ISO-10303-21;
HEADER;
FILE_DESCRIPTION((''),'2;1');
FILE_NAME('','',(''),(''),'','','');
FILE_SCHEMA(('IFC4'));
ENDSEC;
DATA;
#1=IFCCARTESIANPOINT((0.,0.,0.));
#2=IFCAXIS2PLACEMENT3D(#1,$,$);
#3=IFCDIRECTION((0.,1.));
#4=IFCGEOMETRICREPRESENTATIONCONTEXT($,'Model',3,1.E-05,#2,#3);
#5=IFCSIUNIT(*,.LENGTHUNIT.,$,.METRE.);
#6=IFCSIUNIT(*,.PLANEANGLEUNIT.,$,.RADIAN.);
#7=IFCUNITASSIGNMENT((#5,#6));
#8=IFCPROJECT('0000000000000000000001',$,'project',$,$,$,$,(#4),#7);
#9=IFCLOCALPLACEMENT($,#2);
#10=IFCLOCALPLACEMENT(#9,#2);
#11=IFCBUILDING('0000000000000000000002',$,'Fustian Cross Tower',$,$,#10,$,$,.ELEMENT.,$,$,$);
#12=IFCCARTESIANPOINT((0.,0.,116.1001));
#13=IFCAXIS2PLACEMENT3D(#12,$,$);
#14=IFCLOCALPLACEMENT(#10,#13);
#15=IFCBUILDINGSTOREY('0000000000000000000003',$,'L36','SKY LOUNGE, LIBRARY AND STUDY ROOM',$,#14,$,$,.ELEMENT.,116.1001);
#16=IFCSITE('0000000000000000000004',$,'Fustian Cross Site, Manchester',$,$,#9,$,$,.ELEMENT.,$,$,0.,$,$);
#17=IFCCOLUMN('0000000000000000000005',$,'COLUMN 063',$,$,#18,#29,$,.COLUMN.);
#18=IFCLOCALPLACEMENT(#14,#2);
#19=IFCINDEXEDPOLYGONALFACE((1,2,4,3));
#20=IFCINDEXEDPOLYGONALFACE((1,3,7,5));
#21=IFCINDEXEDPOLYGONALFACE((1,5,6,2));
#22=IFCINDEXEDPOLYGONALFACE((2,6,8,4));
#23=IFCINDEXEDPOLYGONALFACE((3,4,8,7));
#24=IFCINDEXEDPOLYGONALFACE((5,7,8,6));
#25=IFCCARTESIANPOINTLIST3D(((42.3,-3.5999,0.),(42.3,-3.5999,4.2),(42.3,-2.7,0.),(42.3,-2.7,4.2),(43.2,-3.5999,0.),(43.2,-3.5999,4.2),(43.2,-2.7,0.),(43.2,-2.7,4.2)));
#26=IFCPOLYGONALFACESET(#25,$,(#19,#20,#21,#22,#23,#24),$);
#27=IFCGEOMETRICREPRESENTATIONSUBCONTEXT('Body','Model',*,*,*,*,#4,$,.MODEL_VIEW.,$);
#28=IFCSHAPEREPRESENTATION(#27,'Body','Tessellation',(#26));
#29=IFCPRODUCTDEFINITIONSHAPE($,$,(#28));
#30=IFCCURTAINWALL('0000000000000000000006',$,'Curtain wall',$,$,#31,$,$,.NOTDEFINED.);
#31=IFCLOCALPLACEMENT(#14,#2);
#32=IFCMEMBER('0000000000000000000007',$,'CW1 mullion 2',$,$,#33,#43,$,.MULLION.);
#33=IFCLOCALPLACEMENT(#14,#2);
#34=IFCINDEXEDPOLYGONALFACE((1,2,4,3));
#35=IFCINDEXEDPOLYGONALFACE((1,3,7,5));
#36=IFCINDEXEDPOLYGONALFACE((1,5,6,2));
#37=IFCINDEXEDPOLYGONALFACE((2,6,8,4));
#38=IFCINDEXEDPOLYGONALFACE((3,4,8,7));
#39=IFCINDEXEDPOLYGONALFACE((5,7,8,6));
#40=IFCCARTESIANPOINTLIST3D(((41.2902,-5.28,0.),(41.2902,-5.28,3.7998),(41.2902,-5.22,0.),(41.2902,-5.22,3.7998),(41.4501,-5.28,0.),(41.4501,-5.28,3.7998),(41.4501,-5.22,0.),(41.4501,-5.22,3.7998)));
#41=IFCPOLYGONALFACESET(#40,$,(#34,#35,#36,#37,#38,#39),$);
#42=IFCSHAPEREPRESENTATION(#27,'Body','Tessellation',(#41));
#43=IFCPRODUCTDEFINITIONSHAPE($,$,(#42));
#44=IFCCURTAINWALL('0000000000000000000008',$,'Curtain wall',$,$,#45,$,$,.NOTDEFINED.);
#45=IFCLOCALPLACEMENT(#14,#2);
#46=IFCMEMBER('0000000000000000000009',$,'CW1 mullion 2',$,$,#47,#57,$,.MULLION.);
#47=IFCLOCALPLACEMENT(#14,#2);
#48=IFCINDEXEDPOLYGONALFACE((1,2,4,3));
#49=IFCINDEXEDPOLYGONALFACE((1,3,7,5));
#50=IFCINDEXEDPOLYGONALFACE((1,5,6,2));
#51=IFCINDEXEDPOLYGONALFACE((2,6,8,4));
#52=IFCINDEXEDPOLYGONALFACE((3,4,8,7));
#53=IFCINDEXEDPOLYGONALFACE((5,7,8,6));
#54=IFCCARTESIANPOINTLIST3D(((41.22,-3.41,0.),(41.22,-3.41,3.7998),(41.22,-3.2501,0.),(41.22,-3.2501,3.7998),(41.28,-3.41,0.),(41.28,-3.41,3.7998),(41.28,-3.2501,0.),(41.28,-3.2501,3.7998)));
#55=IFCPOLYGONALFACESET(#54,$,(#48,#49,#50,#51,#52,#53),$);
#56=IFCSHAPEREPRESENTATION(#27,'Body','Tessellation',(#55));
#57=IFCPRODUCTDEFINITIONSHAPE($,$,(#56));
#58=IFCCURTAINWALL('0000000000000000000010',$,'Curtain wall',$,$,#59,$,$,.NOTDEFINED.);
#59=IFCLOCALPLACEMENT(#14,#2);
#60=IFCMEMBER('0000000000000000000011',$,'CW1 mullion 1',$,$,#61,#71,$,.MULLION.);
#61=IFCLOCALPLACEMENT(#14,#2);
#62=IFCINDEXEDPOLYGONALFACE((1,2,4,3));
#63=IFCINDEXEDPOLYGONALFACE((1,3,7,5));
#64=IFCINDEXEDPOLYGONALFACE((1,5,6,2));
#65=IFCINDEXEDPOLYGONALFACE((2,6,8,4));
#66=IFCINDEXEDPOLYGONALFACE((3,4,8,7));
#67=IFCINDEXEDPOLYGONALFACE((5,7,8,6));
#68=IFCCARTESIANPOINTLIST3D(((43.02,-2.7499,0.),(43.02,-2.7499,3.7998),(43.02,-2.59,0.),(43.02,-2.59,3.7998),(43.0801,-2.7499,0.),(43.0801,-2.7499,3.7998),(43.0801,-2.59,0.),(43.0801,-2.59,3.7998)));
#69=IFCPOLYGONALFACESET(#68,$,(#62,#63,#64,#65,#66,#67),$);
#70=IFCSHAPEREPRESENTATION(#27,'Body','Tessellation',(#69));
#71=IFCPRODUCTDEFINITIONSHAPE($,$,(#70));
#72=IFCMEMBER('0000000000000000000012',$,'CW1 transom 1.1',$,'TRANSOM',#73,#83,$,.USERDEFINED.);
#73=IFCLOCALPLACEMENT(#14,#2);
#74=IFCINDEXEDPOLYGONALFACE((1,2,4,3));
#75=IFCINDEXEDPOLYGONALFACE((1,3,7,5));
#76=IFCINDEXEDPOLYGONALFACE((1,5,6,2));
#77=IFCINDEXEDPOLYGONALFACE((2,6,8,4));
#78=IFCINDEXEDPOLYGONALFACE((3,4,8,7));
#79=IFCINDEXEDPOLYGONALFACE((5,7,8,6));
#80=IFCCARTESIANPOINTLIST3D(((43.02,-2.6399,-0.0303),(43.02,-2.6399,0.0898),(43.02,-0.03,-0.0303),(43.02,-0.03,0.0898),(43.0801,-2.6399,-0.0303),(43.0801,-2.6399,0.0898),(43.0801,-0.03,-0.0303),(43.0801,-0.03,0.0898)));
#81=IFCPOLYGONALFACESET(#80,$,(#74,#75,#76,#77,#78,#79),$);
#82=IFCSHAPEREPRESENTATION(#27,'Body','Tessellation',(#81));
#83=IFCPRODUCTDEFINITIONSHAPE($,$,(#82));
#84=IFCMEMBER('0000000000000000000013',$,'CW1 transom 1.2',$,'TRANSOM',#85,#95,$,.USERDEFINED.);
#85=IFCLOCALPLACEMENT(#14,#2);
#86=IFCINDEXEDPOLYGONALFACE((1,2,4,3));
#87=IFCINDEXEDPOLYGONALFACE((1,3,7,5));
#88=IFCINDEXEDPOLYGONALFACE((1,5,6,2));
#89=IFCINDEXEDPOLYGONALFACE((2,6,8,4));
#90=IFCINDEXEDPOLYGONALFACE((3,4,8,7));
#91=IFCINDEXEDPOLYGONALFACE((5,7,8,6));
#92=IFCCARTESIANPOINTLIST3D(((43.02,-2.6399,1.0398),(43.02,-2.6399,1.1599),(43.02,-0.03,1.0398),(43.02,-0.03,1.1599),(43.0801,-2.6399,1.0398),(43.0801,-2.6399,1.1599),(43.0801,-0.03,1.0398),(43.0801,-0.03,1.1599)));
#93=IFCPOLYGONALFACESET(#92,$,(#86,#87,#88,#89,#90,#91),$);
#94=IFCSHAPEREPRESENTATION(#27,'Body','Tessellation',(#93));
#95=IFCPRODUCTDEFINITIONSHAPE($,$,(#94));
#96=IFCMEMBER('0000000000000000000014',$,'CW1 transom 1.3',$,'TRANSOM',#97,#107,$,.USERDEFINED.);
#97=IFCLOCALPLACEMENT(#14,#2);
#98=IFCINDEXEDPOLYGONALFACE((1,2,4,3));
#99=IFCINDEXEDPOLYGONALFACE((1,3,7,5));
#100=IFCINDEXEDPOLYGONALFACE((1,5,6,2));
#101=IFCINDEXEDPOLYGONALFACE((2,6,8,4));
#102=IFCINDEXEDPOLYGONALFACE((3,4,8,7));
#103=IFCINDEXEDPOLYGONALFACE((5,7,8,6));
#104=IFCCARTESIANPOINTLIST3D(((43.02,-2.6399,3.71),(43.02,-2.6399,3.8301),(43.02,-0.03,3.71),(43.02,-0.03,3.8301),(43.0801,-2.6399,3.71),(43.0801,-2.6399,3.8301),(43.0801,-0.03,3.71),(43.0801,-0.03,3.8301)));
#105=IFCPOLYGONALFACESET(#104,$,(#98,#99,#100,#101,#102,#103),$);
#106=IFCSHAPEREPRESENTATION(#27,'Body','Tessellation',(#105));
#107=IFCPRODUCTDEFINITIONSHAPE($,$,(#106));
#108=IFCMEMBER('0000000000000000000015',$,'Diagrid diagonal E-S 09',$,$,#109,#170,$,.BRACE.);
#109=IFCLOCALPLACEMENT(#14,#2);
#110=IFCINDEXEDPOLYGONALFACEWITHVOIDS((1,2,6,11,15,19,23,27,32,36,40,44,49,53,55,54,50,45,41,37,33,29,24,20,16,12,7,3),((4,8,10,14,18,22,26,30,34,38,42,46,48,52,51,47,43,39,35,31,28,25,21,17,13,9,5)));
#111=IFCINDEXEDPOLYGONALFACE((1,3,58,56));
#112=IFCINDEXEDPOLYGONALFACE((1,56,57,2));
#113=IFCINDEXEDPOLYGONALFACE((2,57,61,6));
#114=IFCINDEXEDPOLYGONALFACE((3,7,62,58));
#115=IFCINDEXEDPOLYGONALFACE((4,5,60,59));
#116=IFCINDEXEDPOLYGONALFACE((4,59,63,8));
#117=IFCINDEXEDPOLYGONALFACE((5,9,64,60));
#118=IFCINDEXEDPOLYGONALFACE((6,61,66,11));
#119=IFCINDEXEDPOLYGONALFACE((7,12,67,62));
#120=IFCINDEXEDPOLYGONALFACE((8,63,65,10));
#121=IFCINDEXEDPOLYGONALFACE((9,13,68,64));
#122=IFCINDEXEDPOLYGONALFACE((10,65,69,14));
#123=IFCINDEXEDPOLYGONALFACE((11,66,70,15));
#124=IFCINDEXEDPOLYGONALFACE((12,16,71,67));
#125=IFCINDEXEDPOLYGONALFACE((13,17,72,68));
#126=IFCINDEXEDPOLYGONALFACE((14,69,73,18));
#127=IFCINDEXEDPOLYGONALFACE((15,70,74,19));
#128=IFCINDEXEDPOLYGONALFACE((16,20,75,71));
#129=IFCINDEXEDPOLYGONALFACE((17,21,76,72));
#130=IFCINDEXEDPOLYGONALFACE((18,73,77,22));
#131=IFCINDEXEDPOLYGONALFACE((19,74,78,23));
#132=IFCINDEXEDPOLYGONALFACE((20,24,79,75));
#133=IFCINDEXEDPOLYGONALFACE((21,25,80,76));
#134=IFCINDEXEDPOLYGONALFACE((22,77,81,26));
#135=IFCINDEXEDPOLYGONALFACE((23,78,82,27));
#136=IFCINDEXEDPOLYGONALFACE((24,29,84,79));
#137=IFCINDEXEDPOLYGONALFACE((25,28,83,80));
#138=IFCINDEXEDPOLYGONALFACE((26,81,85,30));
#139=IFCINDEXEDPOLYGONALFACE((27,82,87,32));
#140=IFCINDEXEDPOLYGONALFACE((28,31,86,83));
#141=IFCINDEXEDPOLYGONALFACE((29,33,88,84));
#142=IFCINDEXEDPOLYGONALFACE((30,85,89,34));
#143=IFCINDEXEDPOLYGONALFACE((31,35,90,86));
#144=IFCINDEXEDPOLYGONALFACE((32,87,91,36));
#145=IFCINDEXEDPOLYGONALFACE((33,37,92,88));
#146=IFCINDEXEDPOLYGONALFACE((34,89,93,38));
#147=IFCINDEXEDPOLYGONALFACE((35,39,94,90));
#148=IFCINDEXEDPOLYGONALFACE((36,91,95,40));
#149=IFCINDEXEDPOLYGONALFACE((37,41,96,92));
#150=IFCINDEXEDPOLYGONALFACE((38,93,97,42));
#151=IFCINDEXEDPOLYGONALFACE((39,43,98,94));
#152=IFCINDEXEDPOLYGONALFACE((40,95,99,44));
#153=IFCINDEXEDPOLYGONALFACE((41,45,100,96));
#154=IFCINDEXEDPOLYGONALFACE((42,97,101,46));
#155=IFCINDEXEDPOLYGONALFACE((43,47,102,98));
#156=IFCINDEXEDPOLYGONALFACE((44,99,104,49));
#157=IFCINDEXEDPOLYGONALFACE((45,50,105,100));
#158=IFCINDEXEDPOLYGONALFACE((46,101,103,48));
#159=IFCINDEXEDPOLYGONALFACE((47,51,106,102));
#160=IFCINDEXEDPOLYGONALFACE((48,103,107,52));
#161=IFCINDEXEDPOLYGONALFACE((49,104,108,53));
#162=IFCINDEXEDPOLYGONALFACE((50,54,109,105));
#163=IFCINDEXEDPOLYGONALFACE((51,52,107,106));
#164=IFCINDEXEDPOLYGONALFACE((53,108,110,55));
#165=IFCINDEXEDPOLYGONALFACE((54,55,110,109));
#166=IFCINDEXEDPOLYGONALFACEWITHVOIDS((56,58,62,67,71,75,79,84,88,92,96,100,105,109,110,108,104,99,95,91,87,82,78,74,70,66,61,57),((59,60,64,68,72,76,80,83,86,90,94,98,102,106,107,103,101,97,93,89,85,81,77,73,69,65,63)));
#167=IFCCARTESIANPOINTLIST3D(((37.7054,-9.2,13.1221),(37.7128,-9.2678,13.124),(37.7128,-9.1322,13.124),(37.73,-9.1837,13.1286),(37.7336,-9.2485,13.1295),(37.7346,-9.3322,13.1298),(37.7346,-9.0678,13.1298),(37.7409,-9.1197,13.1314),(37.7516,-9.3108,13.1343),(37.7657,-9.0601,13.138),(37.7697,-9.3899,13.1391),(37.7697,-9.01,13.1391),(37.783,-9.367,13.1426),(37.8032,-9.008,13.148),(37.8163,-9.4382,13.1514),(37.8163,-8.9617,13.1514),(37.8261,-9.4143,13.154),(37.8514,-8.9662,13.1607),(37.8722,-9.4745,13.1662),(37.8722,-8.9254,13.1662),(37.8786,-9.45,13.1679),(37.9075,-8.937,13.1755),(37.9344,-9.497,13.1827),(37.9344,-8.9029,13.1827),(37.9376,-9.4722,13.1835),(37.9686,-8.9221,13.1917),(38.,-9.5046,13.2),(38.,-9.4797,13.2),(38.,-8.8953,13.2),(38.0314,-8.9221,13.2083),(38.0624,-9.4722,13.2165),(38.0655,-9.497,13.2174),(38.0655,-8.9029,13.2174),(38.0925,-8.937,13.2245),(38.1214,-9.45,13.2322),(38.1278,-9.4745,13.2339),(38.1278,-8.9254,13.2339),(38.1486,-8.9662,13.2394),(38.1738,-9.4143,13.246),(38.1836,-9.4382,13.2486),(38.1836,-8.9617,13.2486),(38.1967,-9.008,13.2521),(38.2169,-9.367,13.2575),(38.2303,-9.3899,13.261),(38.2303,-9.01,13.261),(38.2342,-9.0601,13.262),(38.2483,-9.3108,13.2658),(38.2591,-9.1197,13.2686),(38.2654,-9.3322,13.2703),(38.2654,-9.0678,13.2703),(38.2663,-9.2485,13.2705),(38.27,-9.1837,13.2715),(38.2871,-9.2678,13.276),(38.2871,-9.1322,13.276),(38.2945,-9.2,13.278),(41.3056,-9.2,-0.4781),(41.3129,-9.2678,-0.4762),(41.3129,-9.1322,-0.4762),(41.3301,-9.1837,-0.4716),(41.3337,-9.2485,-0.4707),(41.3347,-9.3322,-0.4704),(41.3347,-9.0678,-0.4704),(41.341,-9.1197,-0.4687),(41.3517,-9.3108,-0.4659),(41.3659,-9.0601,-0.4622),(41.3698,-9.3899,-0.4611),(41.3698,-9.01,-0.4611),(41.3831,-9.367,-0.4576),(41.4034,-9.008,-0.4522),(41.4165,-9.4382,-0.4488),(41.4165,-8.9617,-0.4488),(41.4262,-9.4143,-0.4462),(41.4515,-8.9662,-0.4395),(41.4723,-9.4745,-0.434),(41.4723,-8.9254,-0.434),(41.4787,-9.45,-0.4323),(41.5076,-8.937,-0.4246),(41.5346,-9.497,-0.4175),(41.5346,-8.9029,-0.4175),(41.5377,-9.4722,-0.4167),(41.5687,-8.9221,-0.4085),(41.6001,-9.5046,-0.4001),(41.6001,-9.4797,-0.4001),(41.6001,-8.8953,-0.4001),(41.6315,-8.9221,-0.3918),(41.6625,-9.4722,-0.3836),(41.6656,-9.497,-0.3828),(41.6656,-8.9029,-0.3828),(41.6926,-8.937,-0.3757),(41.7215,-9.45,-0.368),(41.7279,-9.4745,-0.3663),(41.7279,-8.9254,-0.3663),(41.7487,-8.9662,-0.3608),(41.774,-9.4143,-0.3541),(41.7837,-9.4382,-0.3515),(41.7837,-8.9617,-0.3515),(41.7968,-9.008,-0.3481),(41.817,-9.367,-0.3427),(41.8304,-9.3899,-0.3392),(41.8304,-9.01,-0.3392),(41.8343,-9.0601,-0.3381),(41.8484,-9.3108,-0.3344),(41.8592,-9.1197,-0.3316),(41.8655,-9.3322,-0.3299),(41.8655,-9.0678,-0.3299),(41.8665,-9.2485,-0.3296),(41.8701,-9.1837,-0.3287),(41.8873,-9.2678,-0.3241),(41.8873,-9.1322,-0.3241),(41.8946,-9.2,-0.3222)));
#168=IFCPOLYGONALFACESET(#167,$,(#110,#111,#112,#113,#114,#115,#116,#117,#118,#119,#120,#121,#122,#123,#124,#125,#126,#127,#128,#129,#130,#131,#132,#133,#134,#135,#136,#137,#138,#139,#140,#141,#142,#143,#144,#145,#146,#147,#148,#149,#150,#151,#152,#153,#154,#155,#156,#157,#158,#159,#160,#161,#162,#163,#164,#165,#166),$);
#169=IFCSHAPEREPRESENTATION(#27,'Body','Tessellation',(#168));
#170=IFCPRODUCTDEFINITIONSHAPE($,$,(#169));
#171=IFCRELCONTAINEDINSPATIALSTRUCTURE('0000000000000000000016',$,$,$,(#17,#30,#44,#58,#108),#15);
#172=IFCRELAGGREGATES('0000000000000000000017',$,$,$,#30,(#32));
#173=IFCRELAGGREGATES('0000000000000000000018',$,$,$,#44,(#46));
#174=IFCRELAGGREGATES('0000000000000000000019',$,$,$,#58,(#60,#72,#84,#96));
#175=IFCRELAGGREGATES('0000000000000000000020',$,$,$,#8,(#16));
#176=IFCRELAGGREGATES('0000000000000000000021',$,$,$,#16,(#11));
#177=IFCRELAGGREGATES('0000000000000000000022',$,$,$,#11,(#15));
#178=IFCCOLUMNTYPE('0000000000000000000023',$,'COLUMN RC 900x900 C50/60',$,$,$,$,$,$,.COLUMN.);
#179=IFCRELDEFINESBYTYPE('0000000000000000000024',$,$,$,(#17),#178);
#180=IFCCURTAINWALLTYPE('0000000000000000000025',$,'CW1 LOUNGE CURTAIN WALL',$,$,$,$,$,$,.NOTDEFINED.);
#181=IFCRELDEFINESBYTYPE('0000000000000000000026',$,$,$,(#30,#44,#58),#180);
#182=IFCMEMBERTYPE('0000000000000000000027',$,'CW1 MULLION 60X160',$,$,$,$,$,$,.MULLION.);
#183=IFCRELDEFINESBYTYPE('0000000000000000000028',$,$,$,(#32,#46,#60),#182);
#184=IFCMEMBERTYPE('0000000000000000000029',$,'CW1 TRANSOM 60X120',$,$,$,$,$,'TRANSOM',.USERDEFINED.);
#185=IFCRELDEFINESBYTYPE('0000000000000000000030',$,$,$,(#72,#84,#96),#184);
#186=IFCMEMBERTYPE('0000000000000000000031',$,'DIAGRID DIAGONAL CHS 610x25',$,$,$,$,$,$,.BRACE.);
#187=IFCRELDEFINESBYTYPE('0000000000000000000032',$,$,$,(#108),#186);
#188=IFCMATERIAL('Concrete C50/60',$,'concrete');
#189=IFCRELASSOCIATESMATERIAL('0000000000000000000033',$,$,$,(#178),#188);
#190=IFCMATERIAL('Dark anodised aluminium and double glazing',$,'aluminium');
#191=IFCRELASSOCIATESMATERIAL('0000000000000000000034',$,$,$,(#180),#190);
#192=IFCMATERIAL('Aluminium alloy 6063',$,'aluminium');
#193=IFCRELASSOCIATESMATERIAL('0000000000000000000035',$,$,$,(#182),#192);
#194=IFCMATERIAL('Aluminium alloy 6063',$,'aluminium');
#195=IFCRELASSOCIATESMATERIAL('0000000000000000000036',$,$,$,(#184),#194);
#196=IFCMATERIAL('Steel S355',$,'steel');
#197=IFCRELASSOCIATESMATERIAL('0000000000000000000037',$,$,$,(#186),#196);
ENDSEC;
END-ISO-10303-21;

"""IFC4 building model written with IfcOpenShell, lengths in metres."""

from ifc_helpers import new_model, si_unit, direction, frame, origin, origin_2d, place, context, subcontext, project, spatial, rectangle, hollow_circle, extrude, material, material_profile, profile_set, type_object, element, aggregate, save


model = new_model("IFC4")

# Units and contexts
model_context = context("Model", 3, precision=1e-05, world=origin(), true_north=direction((0.0, 1.0)))
body_context = subcontext(model_context, "Body", "Model", "MODEL_VIEW")
ifc_project = project(units=[si_unit("LENGTHUNIT", "METRE"), si_unit("PLANEANGLEUNIT", "RADIAN")], contexts=[model_context])

# Site, building, storey
site_placement = place(None, origin())
site = spatial("IfcSite", under=ifc_project, at=site_placement, Name="Fustian Cross Site, Manchester", CompositionType="ELEMENT", RefElevation=0.0)
building_placement = place(site_placement, origin())
building = spatial("IfcBuilding", under=site, at=building_placement, Name="Fustian Cross Tower", CompositionType="ELEMENT")
storey_placement = place(building_placement, frame((0.0, 0.0, 116.1001)))
storey = spatial("IfcBuildingStorey", under=building, at=storey_placement, Name="L36", Description="SKY LOUNGE, LIBRARY AND STUDY ROOM", CompositionType="ELEMENT", Elevation=116.1001)

# Column
ifc_material_1 = material(Name="Concrete C50/60", Category="concrete")
ifc_material_profile_1 = material_profile(ifc_material_1, rectangle(XDim=0.8999, YDim=0.8999, at=origin_2d()), Name="RC 900x900")
ifc_profile_set_1 = profile_set([ifc_material_profile_1], Name="Concrete C50/60")
column_type = type_object("IfcColumnType", Name="COLUMN RC 900x900 C50/60", PredefinedType="COLUMN", material=ifc_profile_set_1)
column_placement = place(storey_placement, frame((42.75, -3.1499, 0.0), z_axis=(0.0, 0.0, 1.0), x_axis=(1.0, 0.0, 0.0)))
element("IfcColumn", 1, at=column_placement, inside=storey, type_object=column_type, Name="COLUMN 063", PredefinedType="COLUMN", context=body_context, shape_type="SweptSolid", body=[
    extrude(rectangle(XDim=0.8999, YDim=0.8999, at=origin_2d()), origin(), (0.0, 0.0, 1.0), 4.2),
])

# Curtain walls, members
ifc_material_2 = material(Name="Dark anodised aluminium and double glazing", Category="aluminium")
curtain_wall_type = type_object("IfcCurtainWallType", Name="CW1 LOUNGE CURTAIN WALL", PredefinedType="NOTDEFINED", material=ifc_material_2)
curtain_wall_1_placement = place(storey_placement, origin())
curtain_wall_1 = element("IfcCurtainWall", 2, at=curtain_wall_1_placement, inside=storey, type_object=curtain_wall_type, Name="Curtain wall", PredefinedType="NOTDEFINED")
ifc_material_3 = material(Name="Aluminium alloy 6063", Category="aluminium")
ifc_material_profile_2 = material_profile(ifc_material_3, rectangle(XDim=0.0601, YDim=0.1599, at=origin_2d()), Name="CW1 MULLION 60X160")
ifc_profile_set_2 = profile_set([ifc_material_profile_2], Name="Aluminium alloy 6063")
member_type_1 = type_object("IfcMemberType", Name="CW1 MULLION 60X160", PredefinedType="MULLION", material=ifc_profile_set_2)
member_1_placement = place(storey_placement, frame((41.3701, -5.25, 0.0), z_axis=(0.0, 0.0, 1.0), x_axis=(0.0, 1.0, 0.0)))
member_1 = element("IfcMember", 3, at=member_1_placement, type_object=member_type_1, Name="CW1 mullion 2", PredefinedType="MULLION", context=body_context, shape_type="SweptSolid", body=[
    extrude(rectangle(XDim=0.0601, YDim=0.1599, at=origin_2d()), origin(), (0.0, 0.0, 1.0), 3.7998),
])
aggregate(curtain_wall_1, [member_1])
curtain_wall_2_placement = place(storey_placement, origin())
curtain_wall_2 = element("IfcCurtainWall", 4, at=curtain_wall_2_placement, inside=storey, type_object=curtain_wall_type, Name="Curtain wall", PredefinedType="NOTDEFINED")
member_2_placement = place(storey_placement, frame((41.25, -3.3301, 0.0), z_axis=(0.0, 0.0, 1.0), x_axis=(-1.0, 0.0, 0.0)))
member_2 = element("IfcMember", 5, at=member_2_placement, type_object=member_type_1, Name="CW1 mullion 2", PredefinedType="MULLION", context=body_context, shape_type="SweptSolid", body=[
    extrude(rectangle(XDim=0.0601, YDim=0.1599, at=origin_2d()), origin(), (0.0, 0.0, 1.0), 3.7998),
])

# Curtain wall, members
curtain_wall_3_placement = place(storey_placement, origin())
curtain_wall_3 = element("IfcCurtainWall", 6, at=curtain_wall_3_placement, inside=storey, type_object=curtain_wall_type, Name="Curtain wall", PredefinedType="NOTDEFINED")
member_3_placement = place(storey_placement, frame((43.05, -2.6699, 0.0), z_axis=(0.0, 0.0, 1.0), x_axis=(-1.0, 0.0, 0.0)))
member_3 = element("IfcMember", 7, at=member_3_placement, type_object=member_type_1, Name="CW1 mullion 1", PredefinedType="MULLION", context=body_context, shape_type="SweptSolid", body=[
    extrude(rectangle(XDim=0.0601, YDim=0.1599, at=origin_2d()), origin(), (0.0, 0.0, 1.0), 3.7998),
])
ifc_material_4 = material(Name="Aluminium alloy 6063", Category="aluminium")
ifc_material_profile_3 = material_profile(ifc_material_4, rectangle(XDim=0.0601, YDim=0.1201, at=origin_2d()), Name="CW1 TRANSOM 60X120")
ifc_profile_set_3 = profile_set([ifc_material_profile_3], Name="Aluminium alloy 6063")
member_type_2 = type_object("IfcMemberType", Name="CW1 TRANSOM 60X120", ElementType="TRANSOM", PredefinedType="USERDEFINED", material=ifc_profile_set_3)
member_4_placement = place(storey_placement, frame((43.05, -2.6399, 0.0298), z_axis=(0.0, 1.0, 0.0), x_axis=(-1.0, 0.0, 0.0)))
member_4 = element("IfcMember", 8, at=member_4_placement, type_object=member_type_2, Name="CW1 transom 1.1", ObjectType="TRANSOM", PredefinedType="USERDEFINED", context=body_context, shape_type="SweptSolid", body=[
    extrude(rectangle(XDim=0.0601, YDim=0.1201, at=origin_2d()), origin(), (0.0, 0.0, 1.0), 2.6099),
])
member_5_placement = place(storey_placement, frame((43.05, -2.6399, 1.0999), z_axis=(0.0, 1.0, 0.0), x_axis=(-1.0, 0.0, 0.0)))
member_5 = element("IfcMember", 9, at=member_5_placement, type_object=member_type_2, Name="CW1 transom 1.2", ObjectType="TRANSOM", PredefinedType="USERDEFINED", context=body_context, shape_type="SweptSolid", body=[
    extrude(rectangle(XDim=0.0601, YDim=0.1201, at=origin_2d()), origin(), (0.0, 0.0, 1.0), 2.6099),
])
member_6_placement = place(storey_placement, frame((43.05, -2.6399, 3.77), z_axis=(0.0, 1.0, 0.0), x_axis=(-1.0, 0.0, 0.0)))
member_6 = element("IfcMember", 10, at=member_6_placement, type_object=member_type_2, Name="CW1 transom 1.3", ObjectType="TRANSOM", PredefinedType="USERDEFINED", context=body_context, shape_type="SweptSolid", body=[
    extrude(rectangle(XDim=0.0601, YDim=0.1201, at=origin_2d()), origin(), (0.0, 0.0, 1.0), 2.6099),
])

# Member
ifc_material_5 = material(Name="Steel S355", Category="steel")
ifc_material_profile_4 = material_profile(ifc_material_5, hollow_circle(Radius=0.3047, WallThickness=0.0249, at=origin_2d()), Name="CHS 610x25")
ifc_profile_set_4 = profile_set([ifc_material_profile_4], Name="Steel S355")
member_type_3 = type_object("IfcMemberType", Name="DIAGRID DIAGONAL CHS 610x25", PredefinedType="BRACE", material=ifc_profile_set_4)
member_7_placement = place(storey_placement, frame((41.6001, -9.2, -0.4001), z_axis=(-0.255897, 0.0, 0.966704), x_axis=(0.0, -1.0, 0.0)))
element("IfcMember", 11, at=member_7_placement, inside=storey, type_object=member_type_3, Name="Diagrid diagonal E-S 09", PredefinedType="BRACE", context=body_context, shape_type="SweptSolid", body=[
    extrude(hollow_circle(Radius=0.3047, WallThickness=0.0249, at=origin_2d()), origin(), (0.0, 0.0, 1.0), 14.0686),
])

aggregate(curtain_wall_2, [member_2])
aggregate(curtain_wall_3, [member_3, member_4, member_5, member_6])

save(model, "model.ifc")
